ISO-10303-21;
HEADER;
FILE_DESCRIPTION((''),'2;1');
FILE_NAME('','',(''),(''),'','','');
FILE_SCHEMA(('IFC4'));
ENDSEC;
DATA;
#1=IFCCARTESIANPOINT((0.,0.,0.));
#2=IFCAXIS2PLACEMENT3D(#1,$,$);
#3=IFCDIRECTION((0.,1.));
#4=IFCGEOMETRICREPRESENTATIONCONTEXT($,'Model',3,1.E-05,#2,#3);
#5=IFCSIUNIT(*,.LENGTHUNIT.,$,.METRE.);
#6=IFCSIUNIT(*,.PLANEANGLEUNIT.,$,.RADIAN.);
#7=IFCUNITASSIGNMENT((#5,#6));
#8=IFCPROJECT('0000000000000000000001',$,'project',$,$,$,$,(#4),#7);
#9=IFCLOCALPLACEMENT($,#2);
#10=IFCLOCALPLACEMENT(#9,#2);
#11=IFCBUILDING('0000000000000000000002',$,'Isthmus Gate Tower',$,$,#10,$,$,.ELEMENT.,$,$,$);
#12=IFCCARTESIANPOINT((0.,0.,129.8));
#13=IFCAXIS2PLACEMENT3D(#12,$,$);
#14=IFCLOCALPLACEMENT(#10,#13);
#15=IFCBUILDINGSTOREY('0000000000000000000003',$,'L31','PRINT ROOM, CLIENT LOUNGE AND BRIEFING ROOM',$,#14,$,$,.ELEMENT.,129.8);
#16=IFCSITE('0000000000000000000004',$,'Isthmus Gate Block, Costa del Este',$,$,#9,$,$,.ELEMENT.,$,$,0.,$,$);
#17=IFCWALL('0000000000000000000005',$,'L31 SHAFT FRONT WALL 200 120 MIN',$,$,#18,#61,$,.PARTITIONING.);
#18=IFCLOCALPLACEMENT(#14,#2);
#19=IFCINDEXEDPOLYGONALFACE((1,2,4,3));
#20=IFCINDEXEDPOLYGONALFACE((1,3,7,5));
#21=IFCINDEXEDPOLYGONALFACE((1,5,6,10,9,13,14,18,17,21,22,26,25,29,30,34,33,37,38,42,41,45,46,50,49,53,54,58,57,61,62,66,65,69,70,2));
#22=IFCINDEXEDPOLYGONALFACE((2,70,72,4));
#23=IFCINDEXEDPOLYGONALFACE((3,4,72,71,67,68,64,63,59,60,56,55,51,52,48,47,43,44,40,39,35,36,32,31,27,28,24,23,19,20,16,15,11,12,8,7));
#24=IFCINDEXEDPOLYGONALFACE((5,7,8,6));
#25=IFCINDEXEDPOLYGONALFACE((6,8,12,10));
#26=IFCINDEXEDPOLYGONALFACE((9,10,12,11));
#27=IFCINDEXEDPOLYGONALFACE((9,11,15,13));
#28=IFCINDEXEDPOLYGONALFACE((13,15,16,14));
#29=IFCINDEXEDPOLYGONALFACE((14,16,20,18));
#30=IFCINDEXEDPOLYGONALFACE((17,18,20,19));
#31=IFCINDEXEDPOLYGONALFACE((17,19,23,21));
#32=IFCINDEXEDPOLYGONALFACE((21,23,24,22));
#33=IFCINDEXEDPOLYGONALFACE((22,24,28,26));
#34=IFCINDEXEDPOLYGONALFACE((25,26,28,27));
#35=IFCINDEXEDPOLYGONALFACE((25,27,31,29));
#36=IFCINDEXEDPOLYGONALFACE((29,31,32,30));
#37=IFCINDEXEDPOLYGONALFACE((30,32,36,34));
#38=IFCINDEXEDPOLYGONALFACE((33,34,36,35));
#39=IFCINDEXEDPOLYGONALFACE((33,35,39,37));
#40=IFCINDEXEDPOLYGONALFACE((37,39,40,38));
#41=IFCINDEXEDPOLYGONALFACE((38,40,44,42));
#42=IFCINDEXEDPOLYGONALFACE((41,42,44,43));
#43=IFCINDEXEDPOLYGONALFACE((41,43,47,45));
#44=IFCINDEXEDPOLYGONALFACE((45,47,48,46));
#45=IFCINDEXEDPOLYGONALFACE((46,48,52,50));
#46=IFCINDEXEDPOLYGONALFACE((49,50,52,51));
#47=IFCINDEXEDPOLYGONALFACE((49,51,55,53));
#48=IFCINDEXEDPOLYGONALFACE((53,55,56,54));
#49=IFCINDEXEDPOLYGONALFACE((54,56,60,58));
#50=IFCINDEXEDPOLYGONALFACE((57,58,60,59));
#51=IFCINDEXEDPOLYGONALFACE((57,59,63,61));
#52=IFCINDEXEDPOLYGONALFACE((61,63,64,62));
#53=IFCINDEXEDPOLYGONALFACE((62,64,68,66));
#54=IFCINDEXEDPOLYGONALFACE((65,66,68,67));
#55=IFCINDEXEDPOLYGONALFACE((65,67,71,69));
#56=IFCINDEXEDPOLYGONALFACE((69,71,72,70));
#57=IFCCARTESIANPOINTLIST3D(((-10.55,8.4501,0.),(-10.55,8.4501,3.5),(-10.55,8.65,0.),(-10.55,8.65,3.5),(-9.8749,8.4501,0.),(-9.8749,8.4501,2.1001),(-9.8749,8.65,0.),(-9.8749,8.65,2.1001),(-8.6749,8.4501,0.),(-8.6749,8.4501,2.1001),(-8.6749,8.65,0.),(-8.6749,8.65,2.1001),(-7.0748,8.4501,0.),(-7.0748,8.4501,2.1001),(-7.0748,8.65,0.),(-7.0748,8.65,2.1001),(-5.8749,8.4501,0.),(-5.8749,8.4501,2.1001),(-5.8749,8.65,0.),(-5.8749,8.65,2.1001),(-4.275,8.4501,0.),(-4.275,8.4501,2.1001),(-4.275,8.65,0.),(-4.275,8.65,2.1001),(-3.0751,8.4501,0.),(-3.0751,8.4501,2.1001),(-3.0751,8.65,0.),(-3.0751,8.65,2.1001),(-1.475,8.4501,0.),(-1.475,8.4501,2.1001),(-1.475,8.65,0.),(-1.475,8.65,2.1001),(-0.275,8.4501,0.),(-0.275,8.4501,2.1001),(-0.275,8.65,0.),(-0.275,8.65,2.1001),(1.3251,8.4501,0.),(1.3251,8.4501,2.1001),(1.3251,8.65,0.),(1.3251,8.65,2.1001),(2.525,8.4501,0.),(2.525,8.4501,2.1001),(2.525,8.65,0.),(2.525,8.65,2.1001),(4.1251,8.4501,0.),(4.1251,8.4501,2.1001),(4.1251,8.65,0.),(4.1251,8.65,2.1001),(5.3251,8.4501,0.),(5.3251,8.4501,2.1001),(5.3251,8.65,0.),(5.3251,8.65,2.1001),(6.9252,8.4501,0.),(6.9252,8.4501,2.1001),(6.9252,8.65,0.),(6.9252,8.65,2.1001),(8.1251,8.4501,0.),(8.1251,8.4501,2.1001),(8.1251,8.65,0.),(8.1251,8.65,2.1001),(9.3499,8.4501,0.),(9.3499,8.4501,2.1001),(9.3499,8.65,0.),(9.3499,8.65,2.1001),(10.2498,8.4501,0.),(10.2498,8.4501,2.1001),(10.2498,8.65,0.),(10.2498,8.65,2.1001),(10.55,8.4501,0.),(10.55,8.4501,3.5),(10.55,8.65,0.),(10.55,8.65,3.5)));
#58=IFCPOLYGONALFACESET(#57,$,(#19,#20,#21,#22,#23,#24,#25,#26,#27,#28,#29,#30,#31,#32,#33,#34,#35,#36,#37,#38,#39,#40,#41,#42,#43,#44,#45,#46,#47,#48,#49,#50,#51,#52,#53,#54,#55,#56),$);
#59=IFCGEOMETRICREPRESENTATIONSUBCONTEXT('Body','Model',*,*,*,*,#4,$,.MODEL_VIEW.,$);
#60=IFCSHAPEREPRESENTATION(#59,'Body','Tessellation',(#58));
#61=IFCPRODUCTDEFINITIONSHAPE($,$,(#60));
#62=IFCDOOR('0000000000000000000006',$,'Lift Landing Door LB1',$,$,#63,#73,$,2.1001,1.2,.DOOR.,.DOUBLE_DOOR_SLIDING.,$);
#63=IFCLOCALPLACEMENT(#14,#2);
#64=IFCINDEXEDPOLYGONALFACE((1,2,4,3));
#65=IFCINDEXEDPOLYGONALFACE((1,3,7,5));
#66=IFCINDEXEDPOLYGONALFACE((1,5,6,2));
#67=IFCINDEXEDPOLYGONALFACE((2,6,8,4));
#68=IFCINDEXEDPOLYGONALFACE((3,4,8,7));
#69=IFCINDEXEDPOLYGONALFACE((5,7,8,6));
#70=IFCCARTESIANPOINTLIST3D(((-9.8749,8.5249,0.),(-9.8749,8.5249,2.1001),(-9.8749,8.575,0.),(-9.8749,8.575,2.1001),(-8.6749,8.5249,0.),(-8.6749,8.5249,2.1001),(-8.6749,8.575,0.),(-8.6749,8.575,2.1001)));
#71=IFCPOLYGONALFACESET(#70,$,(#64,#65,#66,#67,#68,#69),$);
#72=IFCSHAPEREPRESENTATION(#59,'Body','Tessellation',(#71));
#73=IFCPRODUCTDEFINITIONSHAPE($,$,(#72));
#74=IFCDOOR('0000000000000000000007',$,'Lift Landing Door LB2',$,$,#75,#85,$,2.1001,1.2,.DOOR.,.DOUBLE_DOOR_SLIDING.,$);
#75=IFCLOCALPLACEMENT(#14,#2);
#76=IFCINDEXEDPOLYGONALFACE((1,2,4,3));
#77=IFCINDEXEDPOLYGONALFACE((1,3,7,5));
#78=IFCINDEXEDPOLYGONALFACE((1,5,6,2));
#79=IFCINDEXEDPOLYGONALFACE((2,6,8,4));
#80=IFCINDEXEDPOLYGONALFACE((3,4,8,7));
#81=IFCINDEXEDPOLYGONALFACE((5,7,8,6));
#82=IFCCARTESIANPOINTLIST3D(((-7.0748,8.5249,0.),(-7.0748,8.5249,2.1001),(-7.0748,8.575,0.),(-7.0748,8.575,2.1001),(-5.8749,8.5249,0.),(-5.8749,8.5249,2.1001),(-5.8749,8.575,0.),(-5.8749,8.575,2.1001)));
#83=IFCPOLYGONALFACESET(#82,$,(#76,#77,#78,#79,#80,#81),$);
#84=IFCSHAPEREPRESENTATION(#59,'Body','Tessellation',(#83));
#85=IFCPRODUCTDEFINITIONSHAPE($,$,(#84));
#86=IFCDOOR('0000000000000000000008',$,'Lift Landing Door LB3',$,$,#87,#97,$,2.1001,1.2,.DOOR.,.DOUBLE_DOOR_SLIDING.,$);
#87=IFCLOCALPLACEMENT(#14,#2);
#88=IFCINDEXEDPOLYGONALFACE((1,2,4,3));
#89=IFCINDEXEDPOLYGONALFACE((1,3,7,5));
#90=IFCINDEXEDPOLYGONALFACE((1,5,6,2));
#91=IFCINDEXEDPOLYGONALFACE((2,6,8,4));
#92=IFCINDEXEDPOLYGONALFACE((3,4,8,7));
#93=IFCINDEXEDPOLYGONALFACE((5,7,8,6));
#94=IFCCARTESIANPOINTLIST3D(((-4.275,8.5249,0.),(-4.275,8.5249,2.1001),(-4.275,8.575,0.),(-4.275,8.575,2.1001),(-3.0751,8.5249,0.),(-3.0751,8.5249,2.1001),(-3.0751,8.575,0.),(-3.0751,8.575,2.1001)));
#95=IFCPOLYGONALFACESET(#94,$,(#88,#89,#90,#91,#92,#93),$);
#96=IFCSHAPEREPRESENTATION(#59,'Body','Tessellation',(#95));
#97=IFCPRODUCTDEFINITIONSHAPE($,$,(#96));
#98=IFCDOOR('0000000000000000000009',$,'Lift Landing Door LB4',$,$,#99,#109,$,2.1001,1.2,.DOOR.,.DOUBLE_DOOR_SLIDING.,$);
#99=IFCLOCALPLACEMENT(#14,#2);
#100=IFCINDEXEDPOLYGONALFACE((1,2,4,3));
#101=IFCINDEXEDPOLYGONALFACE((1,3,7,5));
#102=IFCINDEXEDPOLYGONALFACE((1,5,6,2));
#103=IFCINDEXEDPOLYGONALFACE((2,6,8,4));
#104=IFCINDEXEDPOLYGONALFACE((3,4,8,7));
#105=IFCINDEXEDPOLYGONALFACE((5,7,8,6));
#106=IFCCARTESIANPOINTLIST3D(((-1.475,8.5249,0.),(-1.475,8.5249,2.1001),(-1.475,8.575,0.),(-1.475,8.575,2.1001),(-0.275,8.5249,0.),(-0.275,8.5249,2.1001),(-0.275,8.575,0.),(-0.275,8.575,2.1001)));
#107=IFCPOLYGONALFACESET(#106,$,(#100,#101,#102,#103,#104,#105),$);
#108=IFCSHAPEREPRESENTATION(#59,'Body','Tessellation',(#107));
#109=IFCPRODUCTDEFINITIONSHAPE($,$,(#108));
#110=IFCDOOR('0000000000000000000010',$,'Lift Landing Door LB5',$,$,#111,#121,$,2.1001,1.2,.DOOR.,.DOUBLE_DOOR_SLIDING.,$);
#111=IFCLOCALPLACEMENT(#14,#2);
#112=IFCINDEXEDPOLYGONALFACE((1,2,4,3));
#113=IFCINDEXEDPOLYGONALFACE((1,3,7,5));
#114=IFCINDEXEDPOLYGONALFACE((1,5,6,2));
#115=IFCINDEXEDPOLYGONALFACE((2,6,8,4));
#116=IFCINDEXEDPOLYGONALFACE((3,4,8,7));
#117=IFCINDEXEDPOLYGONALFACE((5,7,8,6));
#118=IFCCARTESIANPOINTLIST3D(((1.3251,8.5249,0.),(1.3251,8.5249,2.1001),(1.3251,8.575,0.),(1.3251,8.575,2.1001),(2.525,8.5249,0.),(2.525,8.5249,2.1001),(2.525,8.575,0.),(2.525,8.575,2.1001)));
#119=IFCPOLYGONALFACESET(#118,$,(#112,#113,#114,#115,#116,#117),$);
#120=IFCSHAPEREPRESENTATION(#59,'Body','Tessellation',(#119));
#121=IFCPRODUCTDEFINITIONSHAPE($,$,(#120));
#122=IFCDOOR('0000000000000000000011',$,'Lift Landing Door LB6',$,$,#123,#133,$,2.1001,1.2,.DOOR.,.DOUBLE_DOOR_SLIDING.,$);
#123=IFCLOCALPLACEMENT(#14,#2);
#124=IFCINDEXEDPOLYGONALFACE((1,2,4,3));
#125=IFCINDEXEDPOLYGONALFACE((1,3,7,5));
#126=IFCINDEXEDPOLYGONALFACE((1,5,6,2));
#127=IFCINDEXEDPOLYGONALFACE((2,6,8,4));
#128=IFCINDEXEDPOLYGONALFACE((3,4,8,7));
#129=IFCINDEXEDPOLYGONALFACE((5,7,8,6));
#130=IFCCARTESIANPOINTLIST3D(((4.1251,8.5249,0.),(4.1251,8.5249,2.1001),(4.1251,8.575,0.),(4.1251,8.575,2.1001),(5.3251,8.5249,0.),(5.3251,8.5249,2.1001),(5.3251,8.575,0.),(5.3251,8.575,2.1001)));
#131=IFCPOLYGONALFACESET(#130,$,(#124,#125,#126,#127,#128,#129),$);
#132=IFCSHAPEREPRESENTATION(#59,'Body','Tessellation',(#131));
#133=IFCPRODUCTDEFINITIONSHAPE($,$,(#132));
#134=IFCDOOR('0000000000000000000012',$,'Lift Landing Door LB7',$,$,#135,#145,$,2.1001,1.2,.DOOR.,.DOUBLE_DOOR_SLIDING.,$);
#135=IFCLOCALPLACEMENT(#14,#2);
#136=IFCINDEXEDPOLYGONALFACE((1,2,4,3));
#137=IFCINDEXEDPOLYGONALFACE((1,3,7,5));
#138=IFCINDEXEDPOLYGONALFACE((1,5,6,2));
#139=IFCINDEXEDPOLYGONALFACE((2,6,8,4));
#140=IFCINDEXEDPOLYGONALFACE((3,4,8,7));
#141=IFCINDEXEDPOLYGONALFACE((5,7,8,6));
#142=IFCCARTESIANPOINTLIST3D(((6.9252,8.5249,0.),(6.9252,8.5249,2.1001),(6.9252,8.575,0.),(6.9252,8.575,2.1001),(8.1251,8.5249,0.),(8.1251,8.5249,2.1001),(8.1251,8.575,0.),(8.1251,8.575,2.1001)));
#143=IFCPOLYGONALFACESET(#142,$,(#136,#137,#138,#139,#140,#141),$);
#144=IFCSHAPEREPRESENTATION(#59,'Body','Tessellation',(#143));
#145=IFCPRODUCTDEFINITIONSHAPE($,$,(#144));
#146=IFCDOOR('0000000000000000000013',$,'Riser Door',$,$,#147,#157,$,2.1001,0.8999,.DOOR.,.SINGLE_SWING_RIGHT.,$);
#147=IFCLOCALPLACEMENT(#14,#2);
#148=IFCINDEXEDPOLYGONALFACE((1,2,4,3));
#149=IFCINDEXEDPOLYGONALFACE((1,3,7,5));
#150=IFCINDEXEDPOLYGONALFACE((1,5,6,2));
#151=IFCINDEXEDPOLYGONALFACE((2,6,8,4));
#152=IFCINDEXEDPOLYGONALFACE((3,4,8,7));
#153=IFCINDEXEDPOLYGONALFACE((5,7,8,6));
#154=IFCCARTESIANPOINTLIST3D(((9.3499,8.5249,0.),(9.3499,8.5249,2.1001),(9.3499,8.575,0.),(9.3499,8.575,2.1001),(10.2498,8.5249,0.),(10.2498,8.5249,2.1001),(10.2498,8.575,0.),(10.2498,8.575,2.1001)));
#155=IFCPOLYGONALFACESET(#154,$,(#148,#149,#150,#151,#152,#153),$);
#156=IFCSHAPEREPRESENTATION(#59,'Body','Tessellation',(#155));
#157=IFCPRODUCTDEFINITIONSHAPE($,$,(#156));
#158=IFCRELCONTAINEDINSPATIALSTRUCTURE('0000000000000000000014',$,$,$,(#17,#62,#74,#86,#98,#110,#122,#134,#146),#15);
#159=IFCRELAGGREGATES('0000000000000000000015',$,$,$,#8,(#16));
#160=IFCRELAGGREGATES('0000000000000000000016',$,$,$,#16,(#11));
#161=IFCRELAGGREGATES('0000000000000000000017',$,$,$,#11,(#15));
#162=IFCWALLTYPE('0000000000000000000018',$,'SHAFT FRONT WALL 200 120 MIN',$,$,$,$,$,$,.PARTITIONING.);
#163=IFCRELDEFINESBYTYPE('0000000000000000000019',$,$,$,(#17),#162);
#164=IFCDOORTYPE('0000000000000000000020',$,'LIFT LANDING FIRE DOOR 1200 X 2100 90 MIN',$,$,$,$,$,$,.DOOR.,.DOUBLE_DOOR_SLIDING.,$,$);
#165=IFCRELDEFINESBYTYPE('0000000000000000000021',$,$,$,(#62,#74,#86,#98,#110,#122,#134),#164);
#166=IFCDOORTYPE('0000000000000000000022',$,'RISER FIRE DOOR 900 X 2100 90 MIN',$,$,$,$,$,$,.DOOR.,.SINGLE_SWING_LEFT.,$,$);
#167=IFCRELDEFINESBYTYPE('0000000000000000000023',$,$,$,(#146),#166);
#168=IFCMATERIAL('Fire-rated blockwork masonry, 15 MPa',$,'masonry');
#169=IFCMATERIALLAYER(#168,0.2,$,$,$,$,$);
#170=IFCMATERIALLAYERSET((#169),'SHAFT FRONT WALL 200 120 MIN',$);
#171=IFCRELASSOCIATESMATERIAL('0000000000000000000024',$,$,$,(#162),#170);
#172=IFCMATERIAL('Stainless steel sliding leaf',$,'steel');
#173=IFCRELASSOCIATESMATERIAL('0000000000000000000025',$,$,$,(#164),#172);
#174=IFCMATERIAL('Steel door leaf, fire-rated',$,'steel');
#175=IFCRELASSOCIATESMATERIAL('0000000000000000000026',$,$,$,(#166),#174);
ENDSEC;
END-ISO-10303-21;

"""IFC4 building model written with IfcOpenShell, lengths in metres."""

from ifc_helpers import new_model, si_unit, direction, frame, frame_2d, origin, place, context, subcontext, project, spatial, rectangle, extrude, material, layer, layer_set, type_object, element, fill, save


model = new_model("IFC4")

# Units and contexts
model_context = context("Model", 3, precision=1e-05, world=origin(), true_north=direction((0.0, 1.0)))
body_context = subcontext(model_context, "Body", "Model", "MODEL_VIEW")
ifc_project = project(units=[si_unit("LENGTHUNIT", "METRE"), si_unit("PLANEANGLEUNIT", "RADIAN")], contexts=[model_context])

# Site, building, storey
site_placement = place(None, origin())
site = spatial("IfcSite", under=ifc_project, at=site_placement, Name="Isthmus Gate Block, Costa del Este", CompositionType="ELEMENT", RefElevation=0.0)
building_placement = place(site_placement, origin())
building = spatial("IfcBuilding", under=site, at=building_placement, Name="Isthmus Gate Tower", CompositionType="ELEMENT")
storey_placement = place(building_placement, frame((0.0, 0.0, 129.8)))
storey = spatial("IfcBuildingStorey", under=building, at=storey_placement, Name="L31", Description="PRINT ROOM, CLIENT LOUNGE AND BRIEFING ROOM", CompositionType="ELEMENT", Elevation=129.8)

# Wall, openings, doors
ifc_material_1 = material(Name="Fire-rated blockwork masonry, 15 MPa", Category="masonry")
ifc_layer_1 = layer(ifc_material_1, 0.2)
ifc_layer_set_1 = layer_set([ifc_layer_1], Name="SHAFT FRONT WALL 200 120 MIN")
wall_type_1 = type_object("IfcWallType", Name="SHAFT FRONT WALL 200 120 MIN", PredefinedType="PARTITIONING", material=ifc_layer_set_1)
wall_1_placement = place(storey_placement, frame((-10.55, 8.55, 0.0), z_axis=(0.0, 0.0, 1.0), x_axis=(1.0, 0.0, 0.0)))
wall_1 = element("IfcWall", 1, at=wall_1_placement, inside=storey, type_object=wall_type_1, Name="L31 SHAFT FRONT WALL 200 120 MIN", PredefinedType="PARTITIONING", context=body_context, shape_type="SweptSolid", body=[
    extrude(rectangle(XDim=21.1001, YDim=0.2, at=frame_2d((10.55, 0.0))), origin(), (0.0, 0.0, 1.0), 3.5),
])
opening_1_placement = place(wall_1_placement, frame((0.675, 0.0, 0.0)))
opening_1 = element("IfcOpeningElement", 2, at=opening_1_placement, cuts=wall_1, PredefinedType="OPENING", context=body_context, shape_type="SweptSolid", body=[
    extrude(rectangle(XDim=1.2, YDim=2.1001, at=frame_2d((0.6001, 1.05))), frame((0.0, 0.1099, 0.0), z_axis=(0.0, -1.0, 0.0), x_axis=(1.0, 0.0, 0.0)), (0.0, 0.0, 1.0), 0.22),
])
opening_2_placement = place(wall_1_placement, frame((3.4751, 0.0, 0.0)))
opening_2 = element("IfcOpeningElement", 3, at=opening_2_placement, cuts=wall_1, PredefinedType="OPENING", context=body_context, shape_type="SweptSolid", body=[
    extrude(rectangle(XDim=1.2, YDim=2.1001, at=frame_2d((0.6001, 1.05))), frame((0.0, 0.1099, 0.0), z_axis=(0.0, -1.0, 0.0), x_axis=(1.0, 0.0, 0.0)), (0.0, 0.0, 1.0), 0.22),
])
opening_3_placement = place(wall_1_placement, frame((6.2749, 0.0, 0.0)))
opening_3 = element("IfcOpeningElement", 4, at=opening_3_placement, cuts=wall_1, PredefinedType="OPENING", context=body_context, shape_type="SweptSolid", body=[
    extrude(rectangle(XDim=1.2, YDim=2.1001, at=frame_2d((0.6001, 1.05))), frame((0.0, 0.1099, 0.0), z_axis=(0.0, -1.0, 0.0), x_axis=(1.0, 0.0, 0.0)), (0.0, 0.0, 1.0), 0.22),
])
opening_4_placement = place(wall_1_placement, frame((9.075, 0.0, 0.0)))
opening_4 = element("IfcOpeningElement", 5, at=opening_4_placement, cuts=wall_1, PredefinedType="OPENING", context=body_context, shape_type="SweptSolid", body=[
    extrude(rectangle(XDim=1.2, YDim=2.1001, at=frame_2d((0.6001, 1.05))), frame((0.0, 0.1099, 0.0), z_axis=(0.0, -1.0, 0.0), x_axis=(1.0, 0.0, 0.0)), (0.0, 0.0, 1.0), 0.22),
])
opening_5_placement = place(wall_1_placement, frame((11.875, 0.0, 0.0)))
opening_5 = element("IfcOpeningElement", 6, at=opening_5_placement, cuts=wall_1, PredefinedType="OPENING", context=body_context, shape_type="SweptSolid", body=[
    extrude(rectangle(XDim=1.2, YDim=2.1001, at=frame_2d((0.6001, 1.05))), frame((0.0, 0.1099, 0.0), z_axis=(0.0, -1.0, 0.0), x_axis=(1.0, 0.0, 0.0)), (0.0, 0.0, 1.0), 0.22),
])
opening_6_placement = place(wall_1_placement, frame((14.675, 0.0, 0.0)))
opening_6 = element("IfcOpeningElement", 7, at=opening_6_placement, cuts=wall_1, PredefinedType="OPENING", context=body_context, shape_type="SweptSolid", body=[
    extrude(rectangle(XDim=1.2, YDim=2.1001, at=frame_2d((0.6001, 1.05))), frame((0.0, 0.1099, 0.0), z_axis=(0.0, -1.0, 0.0), x_axis=(1.0, 0.0, 0.0)), (0.0, 0.0, 1.0), 0.22),
])
opening_7_placement = place(wall_1_placement, frame((17.4751, 0.0, 0.0)))
opening_7 = element("IfcOpeningElement", 8, at=opening_7_placement, cuts=wall_1, PredefinedType="OPENING", context=body_context, shape_type="SweptSolid", body=[
    extrude(rectangle(XDim=1.2, YDim=2.1001, at=frame_2d((0.6001, 1.05))), frame((0.0, 0.1099, 0.0), z_axis=(0.0, -1.0, 0.0), x_axis=(1.0, 0.0, 0.0)), (0.0, 0.0, 1.0), 0.22),
])
opening_8_placement = place(wall_1_placement, frame((19.8999, 0.0, 0.0)))
opening_8 = element("IfcOpeningElement", 9, at=opening_8_placement, cuts=wall_1, PredefinedType="OPENING", context=body_context, shape_type="SweptSolid", body=[
    extrude(rectangle(XDim=0.8999, YDim=2.1001, at=frame_2d((0.45, 1.05))), frame((0.0, 0.1099, 0.0), z_axis=(0.0, -1.0, 0.0), x_axis=(1.0, 0.0, 0.0)), (0.0, 0.0, 1.0), 0.22),
])
ifc_material_2 = material(Name="Stainless steel sliding leaf", Category="steel")
door_type_1 = type_object("IfcDoorType", Name="LIFT LANDING FIRE DOOR 1200 X 2100 90 MIN", OperationType="DOUBLE_DOOR_SLIDING", PredefinedType="DOOR", material=ifc_material_2)
door_1_placement = place(opening_1_placement, origin())
door_1 = element("IfcDoor", 10, at=door_1_placement, inside=storey, type_object=door_type_1, Name="Lift Landing Door LB1", OperationType="DOUBLE_DOOR_SLIDING", OverallHeight=2.1001, OverallWidth=1.2, PredefinedType="DOOR", context=body_context, shape_type="SweptSolid", body=[
    extrude(rectangle(XDim=1.2, YDim=2.1001, at=frame_2d((0.6001, 1.05))), frame((0.0, 0.0249, 0.0), z_axis=(0.0, -1.0, 0.0), x_axis=(1.0, 0.0, 0.0)), (0.0, 0.0, 1.0), 0.05),
])
fill(opening_1, door_1)
door_2_placement = place(opening_2_placement, origin())
door_2 = element("IfcDoor", 11, at=door_2_placement, inside=storey, type_object=door_type_1, Name="Lift Landing Door LB2", OperationType="DOUBLE_DOOR_SLIDING", OverallHeight=2.1001, OverallWidth=1.2, PredefinedType="DOOR", context=body_context, shape_type="SweptSolid", body=[
    extrude(rectangle(XDim=1.2, YDim=2.1001, at=frame_2d((0.6001, 1.05))), frame((0.0, 0.0249, 0.0), z_axis=(0.0, -1.0, 0.0), x_axis=(1.0, 0.0, 0.0)), (0.0, 0.0, 1.0), 0.05),
])
fill(opening_2, door_2)
door_3_placement = place(opening_3_placement, origin())
door_3 = element("IfcDoor", 12, at=door_3_placement, inside=storey, type_object=door_type_1, Name="Lift Landing Door LB3", OperationType="DOUBLE_DOOR_SLIDING", OverallHeight=2.1001, OverallWidth=1.2, PredefinedType="DOOR", context=body_context, shape_type="SweptSolid", body=[
    extrude(rectangle(XDim=1.2, YDim=2.1001, at=frame_2d((0.6001, 1.05))), frame((0.0, 0.0249, 0.0), z_axis=(0.0, -1.0, 0.0), x_axis=(1.0, 0.0, 0.0)), (0.0, 0.0, 1.0), 0.05),
])
fill(opening_3, door_3)
door_4_placement = place(opening_4_placement, origin())
door_4 = element("IfcDoor", 13, at=door_4_placement, inside=storey, type_object=door_type_1, Name="Lift Landing Door LB4", OperationType="DOUBLE_DOOR_SLIDING", OverallHeight=2.1001, OverallWidth=1.2, PredefinedType="DOOR", context=body_context, shape_type="SweptSolid", body=[
    extrude(rectangle(XDim=1.2, YDim=2.1001, at=frame_2d((0.6001, 1.05))), frame((0.0, 0.0249, 0.0), z_axis=(0.0, -1.0, 0.0), x_axis=(1.0, 0.0, 0.0)), (0.0, 0.0, 1.0), 0.05),
])
fill(opening_4, door_4)
door_5_placement = place(opening_5_placement, origin())
door_5 = element("IfcDoor", 14, at=door_5_placement, inside=storey, type_object=door_type_1, Name="Lift Landing Door LB5", OperationType="DOUBLE_DOOR_SLIDING", OverallHeight=2.1001, OverallWidth=1.2, PredefinedType="DOOR", context=body_context, shape_type="SweptSolid", body=[
    extrude(rectangle(XDim=1.2, YDim=2.1001, at=frame_2d((0.6001, 1.05))), frame((0.0, 0.0249, 0.0), z_axis=(0.0, -1.0, 0.0), x_axis=(1.0, 0.0, 0.0)), (0.0, 0.0, 1.0), 0.05),
])
fill(opening_5, door_5)
door_6_placement = place(opening_6_placement, origin())
door_6 = element("IfcDoor", 15, at=door_6_placement, inside=storey, type_object=door_type_1, Name="Lift Landing Door LB6", OperationType="DOUBLE_DOOR_SLIDING", OverallHeight=2.1001, OverallWidth=1.2, PredefinedType="DOOR", context=body_context, shape_type="SweptSolid", body=[
    extrude(rectangle(XDim=1.2, YDim=2.1001, at=frame_2d((0.6001, 1.05))), frame((0.0, 0.0249, 0.0), z_axis=(0.0, -1.0, 0.0), x_axis=(1.0, 0.0, 0.0)), (0.0, 0.0, 1.0), 0.05),
])
fill(opening_6, door_6)
door_7_placement = place(opening_7_placement, origin())
door_7 = element("IfcDoor", 16, at=door_7_placement, inside=storey, type_object=door_type_1, Name="Lift Landing Door LB7", OperationType="DOUBLE_DOOR_SLIDING", OverallHeight=2.1001, OverallWidth=1.2, PredefinedType="DOOR", context=body_context, shape_type="SweptSolid", body=[
    extrude(rectangle(XDim=1.2, YDim=2.1001, at=frame_2d((0.6001, 1.05))), frame((0.0, 0.0249, 0.0), z_axis=(0.0, -1.0, 0.0), x_axis=(1.0, 0.0, 0.0)), (0.0, 0.0, 1.0), 0.05),
])
fill(opening_7, door_7)
ifc_material_3 = material(Name="Steel door leaf, fire-rated", Category="steel")
door_type_2 = type_object("IfcDoorType", Name="RISER FIRE DOOR 900 X 2100 90 MIN", OperationType="SINGLE_SWING_LEFT", PredefinedType="DOOR", material=ifc_material_3)
door_8_placement = place(opening_8_placement, origin())
door_8 = element("IfcDoor", 17, at=door_8_placement, inside=storey, type_object=door_type_2, Name="Riser Door", OperationType="SINGLE_SWING_RIGHT", OverallHeight=2.1001, OverallWidth=0.8999, PredefinedType="DOOR", context=body_context, shape_type="SweptSolid", body=[
    extrude(rectangle(XDim=0.8999, YDim=2.1001, at=frame_2d((0.45, 1.05))), frame((0.0, 0.0249, 0.0), z_axis=(0.0, -1.0, 0.0), x_axis=(1.0, 0.0, 0.0)), (0.0, 0.0, 1.0), 0.05),
])
fill(opening_8, door_8)

save(model, "model.ifc")
